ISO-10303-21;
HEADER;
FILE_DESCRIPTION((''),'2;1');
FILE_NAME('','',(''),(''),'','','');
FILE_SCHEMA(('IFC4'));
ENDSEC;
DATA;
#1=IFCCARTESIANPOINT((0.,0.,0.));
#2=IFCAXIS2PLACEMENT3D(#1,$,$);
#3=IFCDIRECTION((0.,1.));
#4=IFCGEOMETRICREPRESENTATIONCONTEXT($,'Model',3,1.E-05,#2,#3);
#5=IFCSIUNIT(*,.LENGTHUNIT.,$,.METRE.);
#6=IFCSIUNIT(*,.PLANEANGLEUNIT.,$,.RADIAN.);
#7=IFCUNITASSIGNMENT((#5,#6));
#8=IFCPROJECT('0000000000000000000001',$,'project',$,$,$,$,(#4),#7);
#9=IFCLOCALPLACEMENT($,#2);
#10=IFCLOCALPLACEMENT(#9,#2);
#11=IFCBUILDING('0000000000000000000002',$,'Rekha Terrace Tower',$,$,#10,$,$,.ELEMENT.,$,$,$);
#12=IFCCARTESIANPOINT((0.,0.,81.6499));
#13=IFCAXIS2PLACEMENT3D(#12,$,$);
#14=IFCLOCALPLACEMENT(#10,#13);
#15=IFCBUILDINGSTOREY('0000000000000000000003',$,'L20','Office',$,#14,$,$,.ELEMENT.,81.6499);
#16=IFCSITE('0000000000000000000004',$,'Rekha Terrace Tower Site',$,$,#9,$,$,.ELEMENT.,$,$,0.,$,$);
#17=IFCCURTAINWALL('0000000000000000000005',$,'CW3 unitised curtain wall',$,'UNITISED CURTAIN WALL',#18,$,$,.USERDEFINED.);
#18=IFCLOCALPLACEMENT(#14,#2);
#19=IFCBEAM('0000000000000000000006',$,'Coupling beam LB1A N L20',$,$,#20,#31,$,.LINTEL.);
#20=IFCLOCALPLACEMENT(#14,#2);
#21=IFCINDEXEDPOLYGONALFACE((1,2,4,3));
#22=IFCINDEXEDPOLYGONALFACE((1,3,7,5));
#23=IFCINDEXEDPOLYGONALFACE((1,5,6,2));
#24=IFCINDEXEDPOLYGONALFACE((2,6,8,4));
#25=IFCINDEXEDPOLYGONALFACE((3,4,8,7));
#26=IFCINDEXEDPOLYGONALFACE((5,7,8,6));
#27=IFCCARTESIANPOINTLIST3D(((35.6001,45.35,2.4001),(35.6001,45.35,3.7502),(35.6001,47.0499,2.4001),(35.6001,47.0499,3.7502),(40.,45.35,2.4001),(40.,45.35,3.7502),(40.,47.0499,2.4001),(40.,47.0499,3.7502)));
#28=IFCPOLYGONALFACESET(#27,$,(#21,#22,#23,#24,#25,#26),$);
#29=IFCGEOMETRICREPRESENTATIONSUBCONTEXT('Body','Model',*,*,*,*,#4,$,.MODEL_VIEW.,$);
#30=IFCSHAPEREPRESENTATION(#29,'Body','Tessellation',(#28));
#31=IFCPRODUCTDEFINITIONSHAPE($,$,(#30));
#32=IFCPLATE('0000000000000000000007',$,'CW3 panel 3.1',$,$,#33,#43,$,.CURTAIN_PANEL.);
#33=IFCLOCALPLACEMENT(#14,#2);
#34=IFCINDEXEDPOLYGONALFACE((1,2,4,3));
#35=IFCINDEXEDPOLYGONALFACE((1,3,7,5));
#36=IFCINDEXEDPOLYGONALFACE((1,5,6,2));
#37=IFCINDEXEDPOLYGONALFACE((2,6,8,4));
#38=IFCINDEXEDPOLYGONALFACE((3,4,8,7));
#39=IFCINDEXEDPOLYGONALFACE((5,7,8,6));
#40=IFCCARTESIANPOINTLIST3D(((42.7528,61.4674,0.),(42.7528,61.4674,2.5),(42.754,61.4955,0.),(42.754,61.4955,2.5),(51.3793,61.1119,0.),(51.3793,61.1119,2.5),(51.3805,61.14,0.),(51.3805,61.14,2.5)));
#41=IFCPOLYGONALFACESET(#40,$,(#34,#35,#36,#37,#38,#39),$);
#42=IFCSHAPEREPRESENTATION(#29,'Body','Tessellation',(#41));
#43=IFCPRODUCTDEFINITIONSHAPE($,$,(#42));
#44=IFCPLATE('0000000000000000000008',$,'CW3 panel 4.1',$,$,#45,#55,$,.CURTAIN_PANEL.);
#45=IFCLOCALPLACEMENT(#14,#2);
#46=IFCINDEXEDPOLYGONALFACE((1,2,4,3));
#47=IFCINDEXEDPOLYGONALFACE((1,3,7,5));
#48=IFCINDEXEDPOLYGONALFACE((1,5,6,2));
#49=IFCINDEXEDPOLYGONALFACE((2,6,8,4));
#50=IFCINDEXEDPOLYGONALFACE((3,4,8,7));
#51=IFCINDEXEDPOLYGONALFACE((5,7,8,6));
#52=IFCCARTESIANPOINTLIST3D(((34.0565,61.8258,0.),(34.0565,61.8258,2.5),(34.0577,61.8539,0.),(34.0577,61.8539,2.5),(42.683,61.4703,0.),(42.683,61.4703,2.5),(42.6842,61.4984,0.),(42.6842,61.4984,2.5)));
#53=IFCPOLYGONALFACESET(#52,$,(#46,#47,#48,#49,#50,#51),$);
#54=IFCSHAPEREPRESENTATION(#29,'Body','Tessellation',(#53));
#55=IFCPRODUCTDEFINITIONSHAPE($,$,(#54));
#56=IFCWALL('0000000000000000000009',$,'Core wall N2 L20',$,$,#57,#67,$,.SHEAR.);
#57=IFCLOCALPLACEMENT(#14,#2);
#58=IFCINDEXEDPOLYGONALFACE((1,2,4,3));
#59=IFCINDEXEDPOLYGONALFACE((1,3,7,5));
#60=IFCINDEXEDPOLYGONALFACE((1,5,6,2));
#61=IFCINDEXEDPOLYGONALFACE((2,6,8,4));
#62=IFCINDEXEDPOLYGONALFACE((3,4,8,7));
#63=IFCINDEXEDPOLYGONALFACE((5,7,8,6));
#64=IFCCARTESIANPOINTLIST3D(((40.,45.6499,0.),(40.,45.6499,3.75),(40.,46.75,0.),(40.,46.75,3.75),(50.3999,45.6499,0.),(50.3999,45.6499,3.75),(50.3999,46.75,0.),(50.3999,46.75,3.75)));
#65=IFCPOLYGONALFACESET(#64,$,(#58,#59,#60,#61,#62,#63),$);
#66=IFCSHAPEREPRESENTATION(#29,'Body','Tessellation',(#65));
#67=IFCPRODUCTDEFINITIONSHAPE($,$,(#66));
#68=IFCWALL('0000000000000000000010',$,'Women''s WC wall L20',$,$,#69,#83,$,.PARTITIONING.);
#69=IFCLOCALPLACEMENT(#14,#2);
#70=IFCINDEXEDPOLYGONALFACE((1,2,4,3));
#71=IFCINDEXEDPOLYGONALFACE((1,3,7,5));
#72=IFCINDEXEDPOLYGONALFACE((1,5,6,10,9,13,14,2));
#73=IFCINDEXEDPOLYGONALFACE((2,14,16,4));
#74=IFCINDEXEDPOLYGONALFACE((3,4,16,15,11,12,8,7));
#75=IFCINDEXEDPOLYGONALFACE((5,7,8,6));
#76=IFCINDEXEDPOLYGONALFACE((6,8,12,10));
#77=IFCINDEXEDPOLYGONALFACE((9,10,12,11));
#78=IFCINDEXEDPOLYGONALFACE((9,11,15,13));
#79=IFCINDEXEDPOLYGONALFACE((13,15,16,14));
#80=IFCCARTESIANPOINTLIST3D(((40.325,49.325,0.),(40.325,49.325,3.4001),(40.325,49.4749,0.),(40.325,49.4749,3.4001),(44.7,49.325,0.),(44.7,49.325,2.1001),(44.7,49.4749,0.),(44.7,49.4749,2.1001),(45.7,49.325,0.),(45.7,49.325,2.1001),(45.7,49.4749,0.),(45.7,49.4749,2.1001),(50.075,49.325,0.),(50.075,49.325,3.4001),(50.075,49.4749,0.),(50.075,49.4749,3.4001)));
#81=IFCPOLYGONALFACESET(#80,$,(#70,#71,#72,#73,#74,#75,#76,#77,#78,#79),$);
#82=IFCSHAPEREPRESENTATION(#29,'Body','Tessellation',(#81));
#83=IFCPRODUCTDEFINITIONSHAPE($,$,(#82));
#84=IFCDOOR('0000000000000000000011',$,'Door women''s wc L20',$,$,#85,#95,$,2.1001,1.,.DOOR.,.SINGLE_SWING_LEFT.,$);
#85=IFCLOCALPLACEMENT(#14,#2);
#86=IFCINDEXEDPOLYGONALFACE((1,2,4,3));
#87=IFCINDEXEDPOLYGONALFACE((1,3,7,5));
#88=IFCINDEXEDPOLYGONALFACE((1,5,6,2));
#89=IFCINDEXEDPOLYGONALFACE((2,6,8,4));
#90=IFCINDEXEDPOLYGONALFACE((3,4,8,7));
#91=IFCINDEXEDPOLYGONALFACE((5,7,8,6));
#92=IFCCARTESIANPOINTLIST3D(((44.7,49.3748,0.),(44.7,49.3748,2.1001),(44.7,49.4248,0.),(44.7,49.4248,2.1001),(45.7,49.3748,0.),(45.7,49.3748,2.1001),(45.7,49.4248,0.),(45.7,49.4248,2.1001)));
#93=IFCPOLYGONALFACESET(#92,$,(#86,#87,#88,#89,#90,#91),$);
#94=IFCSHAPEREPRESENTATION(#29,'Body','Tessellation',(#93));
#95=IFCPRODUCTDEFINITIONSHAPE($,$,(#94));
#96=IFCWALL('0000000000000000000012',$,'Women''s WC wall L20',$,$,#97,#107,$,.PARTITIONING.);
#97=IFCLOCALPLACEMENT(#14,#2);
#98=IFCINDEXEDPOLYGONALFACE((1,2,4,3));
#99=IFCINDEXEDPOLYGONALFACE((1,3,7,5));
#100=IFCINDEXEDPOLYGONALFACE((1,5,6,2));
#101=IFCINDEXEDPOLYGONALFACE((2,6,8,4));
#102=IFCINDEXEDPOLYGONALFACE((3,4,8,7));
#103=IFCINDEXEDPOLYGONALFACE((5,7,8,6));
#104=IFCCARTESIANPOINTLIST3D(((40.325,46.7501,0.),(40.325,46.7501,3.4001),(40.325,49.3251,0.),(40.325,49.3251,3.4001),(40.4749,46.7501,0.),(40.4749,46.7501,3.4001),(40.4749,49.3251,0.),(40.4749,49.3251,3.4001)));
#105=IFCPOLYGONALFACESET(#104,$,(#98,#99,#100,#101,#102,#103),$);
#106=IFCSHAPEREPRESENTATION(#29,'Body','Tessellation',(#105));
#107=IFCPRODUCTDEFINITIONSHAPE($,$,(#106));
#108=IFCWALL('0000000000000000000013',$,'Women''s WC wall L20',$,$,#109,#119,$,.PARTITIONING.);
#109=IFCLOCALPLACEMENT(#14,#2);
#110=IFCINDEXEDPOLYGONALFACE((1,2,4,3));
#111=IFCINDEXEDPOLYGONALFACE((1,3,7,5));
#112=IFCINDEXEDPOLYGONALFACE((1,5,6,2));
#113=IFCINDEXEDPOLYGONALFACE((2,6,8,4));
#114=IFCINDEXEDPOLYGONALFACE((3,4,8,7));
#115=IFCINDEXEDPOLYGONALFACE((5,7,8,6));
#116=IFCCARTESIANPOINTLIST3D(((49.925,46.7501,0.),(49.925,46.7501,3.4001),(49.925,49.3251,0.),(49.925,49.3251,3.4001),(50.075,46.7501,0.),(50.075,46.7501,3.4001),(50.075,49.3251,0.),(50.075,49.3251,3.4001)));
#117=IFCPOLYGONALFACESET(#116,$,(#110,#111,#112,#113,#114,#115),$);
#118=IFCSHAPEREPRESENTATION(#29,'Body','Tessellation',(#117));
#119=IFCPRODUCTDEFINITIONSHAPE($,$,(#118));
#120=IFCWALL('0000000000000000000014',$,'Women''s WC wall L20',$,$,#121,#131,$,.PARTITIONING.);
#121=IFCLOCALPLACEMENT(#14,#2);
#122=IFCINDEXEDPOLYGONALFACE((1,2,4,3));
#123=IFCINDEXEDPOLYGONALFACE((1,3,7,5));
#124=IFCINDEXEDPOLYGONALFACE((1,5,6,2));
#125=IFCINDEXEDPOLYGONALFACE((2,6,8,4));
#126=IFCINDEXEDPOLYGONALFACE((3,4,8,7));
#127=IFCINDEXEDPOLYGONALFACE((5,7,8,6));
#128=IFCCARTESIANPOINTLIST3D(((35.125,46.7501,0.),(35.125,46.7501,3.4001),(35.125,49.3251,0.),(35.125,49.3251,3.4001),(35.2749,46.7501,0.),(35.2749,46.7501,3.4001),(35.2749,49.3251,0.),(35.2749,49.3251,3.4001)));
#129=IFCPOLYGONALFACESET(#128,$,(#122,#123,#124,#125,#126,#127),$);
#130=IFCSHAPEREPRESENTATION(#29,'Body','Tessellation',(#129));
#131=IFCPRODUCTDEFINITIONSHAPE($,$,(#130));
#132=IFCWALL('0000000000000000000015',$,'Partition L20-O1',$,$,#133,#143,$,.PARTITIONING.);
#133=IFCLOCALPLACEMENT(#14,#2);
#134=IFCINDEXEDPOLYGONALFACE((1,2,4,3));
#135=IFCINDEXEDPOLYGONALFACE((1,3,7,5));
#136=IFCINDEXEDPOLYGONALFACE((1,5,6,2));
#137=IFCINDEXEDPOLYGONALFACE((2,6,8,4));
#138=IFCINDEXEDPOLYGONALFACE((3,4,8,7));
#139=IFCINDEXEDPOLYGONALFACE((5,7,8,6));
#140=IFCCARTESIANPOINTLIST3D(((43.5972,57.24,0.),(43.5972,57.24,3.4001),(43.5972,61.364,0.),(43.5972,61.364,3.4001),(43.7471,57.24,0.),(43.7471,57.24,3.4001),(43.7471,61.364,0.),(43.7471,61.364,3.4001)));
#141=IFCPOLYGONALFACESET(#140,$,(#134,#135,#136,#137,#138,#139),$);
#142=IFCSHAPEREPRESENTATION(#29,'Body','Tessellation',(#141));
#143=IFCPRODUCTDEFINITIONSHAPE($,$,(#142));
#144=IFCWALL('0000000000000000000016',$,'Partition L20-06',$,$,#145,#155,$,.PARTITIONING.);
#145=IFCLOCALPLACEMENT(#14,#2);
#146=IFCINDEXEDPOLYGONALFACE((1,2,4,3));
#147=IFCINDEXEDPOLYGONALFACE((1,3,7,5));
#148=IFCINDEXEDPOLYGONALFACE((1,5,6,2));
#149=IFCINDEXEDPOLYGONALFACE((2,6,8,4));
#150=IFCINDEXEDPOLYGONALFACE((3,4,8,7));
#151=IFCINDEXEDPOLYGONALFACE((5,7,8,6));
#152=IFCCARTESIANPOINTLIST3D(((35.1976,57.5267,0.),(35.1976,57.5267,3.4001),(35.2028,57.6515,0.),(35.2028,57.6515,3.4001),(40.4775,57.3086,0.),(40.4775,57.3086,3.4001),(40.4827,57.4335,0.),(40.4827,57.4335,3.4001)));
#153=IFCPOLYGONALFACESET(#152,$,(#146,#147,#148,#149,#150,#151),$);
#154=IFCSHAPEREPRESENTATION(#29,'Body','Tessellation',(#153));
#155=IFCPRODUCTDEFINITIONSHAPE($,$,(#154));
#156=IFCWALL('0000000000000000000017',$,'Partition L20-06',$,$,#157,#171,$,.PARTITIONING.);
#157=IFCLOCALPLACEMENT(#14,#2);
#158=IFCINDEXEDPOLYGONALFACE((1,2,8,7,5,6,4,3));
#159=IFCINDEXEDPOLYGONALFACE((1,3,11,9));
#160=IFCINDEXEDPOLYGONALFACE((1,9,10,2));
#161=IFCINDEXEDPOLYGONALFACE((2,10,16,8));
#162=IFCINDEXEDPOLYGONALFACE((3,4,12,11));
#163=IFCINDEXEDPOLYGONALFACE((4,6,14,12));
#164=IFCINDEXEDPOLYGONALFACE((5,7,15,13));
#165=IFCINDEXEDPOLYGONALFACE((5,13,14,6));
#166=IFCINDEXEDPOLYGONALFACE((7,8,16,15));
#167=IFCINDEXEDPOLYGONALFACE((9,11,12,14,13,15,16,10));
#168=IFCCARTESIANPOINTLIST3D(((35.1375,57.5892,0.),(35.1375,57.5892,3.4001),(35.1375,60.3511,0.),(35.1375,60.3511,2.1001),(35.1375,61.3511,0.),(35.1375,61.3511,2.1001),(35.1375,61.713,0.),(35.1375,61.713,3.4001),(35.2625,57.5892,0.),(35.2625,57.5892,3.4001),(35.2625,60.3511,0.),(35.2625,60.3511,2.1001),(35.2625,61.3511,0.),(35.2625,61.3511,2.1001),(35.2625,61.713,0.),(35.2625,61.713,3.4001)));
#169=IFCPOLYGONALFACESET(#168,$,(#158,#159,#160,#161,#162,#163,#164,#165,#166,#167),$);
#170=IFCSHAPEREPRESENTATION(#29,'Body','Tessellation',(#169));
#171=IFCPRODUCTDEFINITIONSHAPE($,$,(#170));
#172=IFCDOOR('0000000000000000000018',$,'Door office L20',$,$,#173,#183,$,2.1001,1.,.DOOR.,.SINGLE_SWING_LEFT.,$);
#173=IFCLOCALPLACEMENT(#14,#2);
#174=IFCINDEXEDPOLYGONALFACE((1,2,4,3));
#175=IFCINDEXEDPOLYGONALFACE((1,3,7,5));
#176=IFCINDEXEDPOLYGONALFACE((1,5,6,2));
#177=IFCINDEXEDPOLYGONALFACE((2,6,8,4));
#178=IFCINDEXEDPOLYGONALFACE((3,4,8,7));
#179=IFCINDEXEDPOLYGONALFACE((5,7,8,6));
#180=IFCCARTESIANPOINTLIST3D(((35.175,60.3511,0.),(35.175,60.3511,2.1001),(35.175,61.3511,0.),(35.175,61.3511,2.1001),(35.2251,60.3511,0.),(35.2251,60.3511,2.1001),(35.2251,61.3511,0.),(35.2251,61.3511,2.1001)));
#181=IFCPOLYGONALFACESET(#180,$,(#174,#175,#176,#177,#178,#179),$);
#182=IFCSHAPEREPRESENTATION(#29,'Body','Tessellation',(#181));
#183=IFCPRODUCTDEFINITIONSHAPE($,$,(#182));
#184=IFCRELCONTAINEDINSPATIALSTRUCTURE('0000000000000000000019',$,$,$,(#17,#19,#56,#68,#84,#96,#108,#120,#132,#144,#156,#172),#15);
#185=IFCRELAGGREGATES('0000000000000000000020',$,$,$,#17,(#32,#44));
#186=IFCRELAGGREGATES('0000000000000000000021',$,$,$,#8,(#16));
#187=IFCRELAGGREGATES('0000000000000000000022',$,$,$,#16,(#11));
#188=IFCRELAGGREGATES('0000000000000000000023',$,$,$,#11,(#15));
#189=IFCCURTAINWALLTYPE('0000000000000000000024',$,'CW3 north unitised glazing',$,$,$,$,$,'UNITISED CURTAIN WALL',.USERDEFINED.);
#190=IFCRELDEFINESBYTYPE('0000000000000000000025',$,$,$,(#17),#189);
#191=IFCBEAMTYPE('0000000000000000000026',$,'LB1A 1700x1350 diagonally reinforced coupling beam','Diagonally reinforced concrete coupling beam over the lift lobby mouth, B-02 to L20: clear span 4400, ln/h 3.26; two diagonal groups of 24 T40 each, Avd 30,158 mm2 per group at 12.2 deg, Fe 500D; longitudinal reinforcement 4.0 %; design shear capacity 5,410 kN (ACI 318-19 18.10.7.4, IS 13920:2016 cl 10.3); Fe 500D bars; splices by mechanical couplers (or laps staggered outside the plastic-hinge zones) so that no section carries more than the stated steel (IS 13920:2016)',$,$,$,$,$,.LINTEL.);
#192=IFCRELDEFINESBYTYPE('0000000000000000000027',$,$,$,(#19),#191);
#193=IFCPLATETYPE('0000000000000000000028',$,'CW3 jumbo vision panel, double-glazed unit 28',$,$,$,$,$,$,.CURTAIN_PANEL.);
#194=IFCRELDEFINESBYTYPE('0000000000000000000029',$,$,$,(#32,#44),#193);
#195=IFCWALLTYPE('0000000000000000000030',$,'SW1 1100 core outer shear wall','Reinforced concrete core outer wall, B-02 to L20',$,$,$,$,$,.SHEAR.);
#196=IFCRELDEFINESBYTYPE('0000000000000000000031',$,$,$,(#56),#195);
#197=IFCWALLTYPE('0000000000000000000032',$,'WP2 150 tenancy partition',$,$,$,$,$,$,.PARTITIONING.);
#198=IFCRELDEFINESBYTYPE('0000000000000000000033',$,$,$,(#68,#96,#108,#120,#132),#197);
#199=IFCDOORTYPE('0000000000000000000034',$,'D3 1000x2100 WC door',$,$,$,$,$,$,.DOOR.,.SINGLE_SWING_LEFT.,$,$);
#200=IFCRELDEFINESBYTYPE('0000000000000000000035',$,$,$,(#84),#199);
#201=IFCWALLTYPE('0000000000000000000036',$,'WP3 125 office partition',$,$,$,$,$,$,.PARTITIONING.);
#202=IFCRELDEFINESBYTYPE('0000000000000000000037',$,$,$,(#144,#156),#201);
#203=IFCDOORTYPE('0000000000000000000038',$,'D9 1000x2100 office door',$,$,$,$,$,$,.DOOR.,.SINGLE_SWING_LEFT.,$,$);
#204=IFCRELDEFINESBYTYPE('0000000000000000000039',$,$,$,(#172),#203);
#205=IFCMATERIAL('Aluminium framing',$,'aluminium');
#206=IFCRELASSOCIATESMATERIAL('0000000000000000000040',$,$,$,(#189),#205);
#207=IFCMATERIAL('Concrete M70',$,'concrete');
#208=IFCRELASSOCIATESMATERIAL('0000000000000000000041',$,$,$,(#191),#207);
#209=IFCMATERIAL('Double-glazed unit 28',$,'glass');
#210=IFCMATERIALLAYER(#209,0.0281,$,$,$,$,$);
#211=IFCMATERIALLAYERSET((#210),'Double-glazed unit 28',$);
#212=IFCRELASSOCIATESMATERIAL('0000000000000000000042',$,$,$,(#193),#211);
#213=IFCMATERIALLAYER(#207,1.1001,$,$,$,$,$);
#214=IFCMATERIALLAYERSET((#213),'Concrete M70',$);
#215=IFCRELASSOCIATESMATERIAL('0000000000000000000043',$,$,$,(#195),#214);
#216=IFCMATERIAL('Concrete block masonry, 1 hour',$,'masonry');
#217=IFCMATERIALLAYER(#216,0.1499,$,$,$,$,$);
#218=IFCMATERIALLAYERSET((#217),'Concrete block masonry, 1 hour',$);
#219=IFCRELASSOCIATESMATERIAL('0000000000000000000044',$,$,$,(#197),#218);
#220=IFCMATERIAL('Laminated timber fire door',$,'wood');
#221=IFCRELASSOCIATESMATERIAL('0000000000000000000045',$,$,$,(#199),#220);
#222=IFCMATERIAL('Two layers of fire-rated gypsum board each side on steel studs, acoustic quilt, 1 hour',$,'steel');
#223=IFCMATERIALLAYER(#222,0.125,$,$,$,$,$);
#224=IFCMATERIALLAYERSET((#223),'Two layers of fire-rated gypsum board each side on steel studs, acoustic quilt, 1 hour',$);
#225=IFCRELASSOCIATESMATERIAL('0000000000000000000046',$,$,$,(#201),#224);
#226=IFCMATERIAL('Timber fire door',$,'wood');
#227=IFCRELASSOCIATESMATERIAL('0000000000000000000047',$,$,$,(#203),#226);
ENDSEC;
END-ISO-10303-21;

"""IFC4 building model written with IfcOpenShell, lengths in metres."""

from ifc_helpers import new_model, si_unit, direction, frame, frame_2d, origin, origin_2d, place, context, subcontext, project, spatial, rectangle, extrude, material, layer, layer_set, material_profile, profile_set, type_object, element, fill, aggregate, save


model = new_model("IFC4")

# Units and contexts
model_context = context("Model", 3, precision=1e-05, world=origin(), true_north=direction((0.0, 1.0)))
body_context = subcontext(model_context, "Body", "Model", "MODEL_VIEW")
ifc_project = project(units=[si_unit("LENGTHUNIT", "METRE"), si_unit("PLANEANGLEUNIT", "RADIAN")], contexts=[model_context])

# Site, building, storey
site_placement = place(None, origin())
site = spatial("IfcSite", under=ifc_project, at=site_placement, Name="Rekha Terrace Tower Site", CompositionType="ELEMENT", RefElevation=0.0)
building_placement = place(site_placement, origin())
building = spatial("IfcBuilding", under=site, at=building_placement, Name="Rekha Terrace Tower", CompositionType="ELEMENT")
storey_placement = place(building_placement, frame((0.0, 0.0, 81.6499)))
storey = spatial("IfcBuildingStorey", under=building, at=storey_placement, Name="L20", Description="Office", CompositionType="ELEMENT", Elevation=81.6499)

# Shared definitions
ifc_material_1 = material(Name="Concrete M70", Category="concrete")

# Curtain wall
ifc_material_2 = material(Name="Aluminium framing", Category="aluminium")
curtain_wall_type = type_object("IfcCurtainWallType", Name="CW3 north unitised glazing", ElementType="UNITISED CURTAIN WALL", PredefinedType="USERDEFINED", material=ifc_material_2)
curtain_wall_placement = place(storey_placement, origin())
curtain_wall = element("IfcCurtainWall", 1, at=curtain_wall_placement, inside=storey, type_object=curtain_wall_type, Name="CW3 unitised curtain wall", ObjectType="UNITISED CURTAIN WALL", PredefinedType="USERDEFINED")

# Beam
ifc_material_profile_1 = material_profile(ifc_material_1, rectangle(XDim=1.7, YDim=1.3501, at=origin_2d()), Name="RC 1700x1350")
ifc_profile_set_1 = profile_set([ifc_material_profile_1], Name="Concrete M70")
beam_type = type_object("IfcBeamType", Name="LB1A 1700x1350 diagonally reinforced coupling beam", Description="Diagonally reinforced concrete coupling beam over the lift lobby mouth, B-02 to L20: clear span 4400, ln/h 3.26; two diagonal groups of 24 T40 each, Avd 30,158 mm2 per group at 12.2 deg, Fe 500D; longitudinal reinforcement 4.0 %; design shear capacity 5,410 kN (ACI 318-19 18.10.7.4, IS 13920:2016 cl 10.3); Fe 500D bars; splices by mechanical couplers (or laps staggered outside the plastic-hinge zones) so that no section carries more than the stated steel (IS 13920:2016)", PredefinedType="LINTEL", material=ifc_profile_set_1)
beam_placement = place(storey_placement, frame((35.6001, 46.2, 3.0752), z_axis=(1.0, 0.0, 0.0), x_axis=(0.0, 1.0, 0.0)))
element("IfcBeam", 2, at=beam_placement, inside=storey, type_object=beam_type, Name="Coupling beam LB1A N L20", PredefinedType="LINTEL", context=body_context, shape_type="SweptSolid", body=[
    extrude(rectangle(XDim=1.7, YDim=1.3501, at=origin_2d()), origin(), (0.0, 0.0, 1.0), 4.3999),
])

# Plates
ifc_material_3 = material(Name="Double-glazed unit 28", Category="glass")
ifc_layer_1 = layer(ifc_material_3, 0.0281)
ifc_layer_set_1 = layer_set([ifc_layer_1], Name="Double-glazed unit 28")
plate_type = type_object("IfcPlateType", Name="CW3 jumbo vision panel, double-glazed unit 28", PredefinedType="CURTAIN_PANEL", material=ifc_layer_set_1)
plate_1_placement = place(storey_placement, frame((47.0667, 61.3037, 0.0), z_axis=(0.0, 0.0, 1.0), x_axis=(-0.999152, 0.041174, 0.0)))
plate_1 = element("IfcPlate", 3, at=plate_1_placement, type_object=plate_type, Name="CW3 panel 3.1", PredefinedType="CURTAIN_PANEL", context=body_context, shape_type="SweptSolid", body=[
    extrude(rectangle(XDim=8.6338, YDim=0.0281, at=origin_2d()), origin(), (0.0, 0.0, 1.0), 2.5),
])
plate_2_placement = place(storey_placement, frame((38.3704, 61.6621, 0.0), z_axis=(0.0, 0.0, 1.0), x_axis=(-0.999152, 0.041174, 0.0)))
plate_2 = element("IfcPlate", 4, at=plate_2_placement, type_object=plate_type, Name="CW3 panel 4.1", PredefinedType="CURTAIN_PANEL", context=body_context, shape_type="SweptSolid", body=[
    extrude(rectangle(XDim=8.6338, YDim=0.0281, at=origin_2d()), origin(), (0.0, 0.0, 1.0), 2.5),
])
aggregate(curtain_wall, [plate_1, plate_2])

# Wall
ifc_layer_2 = layer(ifc_material_1, 1.1001)
ifc_layer_set_2 = layer_set([ifc_layer_2], Name="Concrete M70")
wall_type_1 = type_object("IfcWallType", Name="SW1 1100 core outer shear wall", Description="Reinforced concrete core outer wall, B-02 to L20", PredefinedType="SHEAR", material=ifc_layer_set_2)
wall_1_placement = place(storey_placement, frame((40.0, 46.2, 0.0), z_axis=(0.0, 0.0, 1.0), x_axis=(1.0, 0.0, 0.0)))
element("IfcWall", 5, at=wall_1_placement, inside=storey, type_object=wall_type_1, Name="Core wall N2 L20", PredefinedType="SHEAR", context=body_context, shape_type="SweptSolid", body=[
    extrude(rectangle(XDim=10.3999, YDim=1.1001, at=frame_2d((5.2, 0.0))), origin(), (0.0, 0.0, 1.0), 3.75),
])

# Wall, opening, door
ifc_material_4 = material(Name="Concrete block masonry, 1 hour", Category="masonry")
ifc_layer_3 = layer(ifc_material_4, 0.1499)
ifc_layer_set_3 = layer_set([ifc_layer_3], Name="Concrete block masonry, 1 hour")
wall_type_2 = type_object("IfcWallType", Name="WP2 150 tenancy partition", PredefinedType="PARTITIONING", material=ifc_layer_set_3)
wall_2_placement = place(storey_placement, frame((40.325, 49.3999, 0.0), z_axis=(0.0, 0.0, 1.0), x_axis=(1.0, 0.0, 0.0)))
wall_2 = element("IfcWall", 6, at=wall_2_placement, inside=storey, type_object=wall_type_2, Name="Women's WC wall L20", PredefinedType="PARTITIONING", context=body_context, shape_type="SweptSolid", body=[
    extrude(rectangle(XDim=9.75, YDim=0.1499, at=frame_2d((4.875, 0.0))), origin(), (0.0, 0.0, 1.0), 3.4001),
])
opening_1_placement = place(wall_2_placement, frame((4.375, 0.0, 0.0)))
opening_1 = element("IfcOpeningElement", 7, at=opening_1_placement, cuts=wall_2, PredefinedType="OPENING", context=body_context, shape_type="SweptSolid", body=[
    extrude(rectangle(XDim=1.0, YDim=2.1001, at=frame_2d((0.5, 1.05))), frame((0.0, 0.085, 0.0), z_axis=(0.0, -1.0, 0.0), x_axis=(1.0, 0.0, 0.0)), (0.0, 0.0, 1.0), 0.1699),
])
ifc_material_5 = material(Name="Laminated timber fire door", Category="wood")
door_type_1 = type_object("IfcDoorType", Name="D3 1000x2100 WC door", OperationType="SINGLE_SWING_LEFT", PredefinedType="DOOR", material=ifc_material_5)
door_1_placement = place(opening_1_placement, origin())
door_1 = element("IfcDoor", 8, at=door_1_placement, inside=storey, type_object=door_type_1, Name="Door women's wc L20", OperationType="SINGLE_SWING_LEFT", OverallHeight=2.1001, OverallWidth=1.0, PredefinedType="DOOR", context=body_context, shape_type="SweptSolid", body=[
    extrude(rectangle(XDim=1.0, YDim=2.1001, at=frame_2d((0.5, 1.05))), frame((0.0, 0.0249, 0.0), z_axis=(0.0, -1.0, 0.0), x_axis=(1.0, 0.0, 0.0)), (0.0, 0.0, 1.0), 0.05),
])
fill(opening_1, door_1)

# Walls
for number, where, z_axis, x_axis, name in (
    (9, (40.3999, 46.75, 0.0), (0.0, 0.0, 1.0), (0.0, 1.0, 0.0), "Women's WC wall L20"),
    (10, (50.0, 46.75, 0.0), (0.0, 0.0, 1.0), (0.0, 1.0, 0.0), "Women's WC wall L20"),
    (11, (35.2, 46.75, 0.0), (0.0, 0.0, 1.0), (0.0, 1.0, 0.0), "Women's WC wall L20"),
):
    element("IfcWall", number, at=place(storey_placement, frame(where, z_axis=z_axis, x_axis=x_axis)), inside=storey, type_object=wall_type_2, Name=name, PredefinedType="PARTITIONING", context=body_context, shape_type="SweptSolid", body=[
        extrude(rectangle(XDim=2.575, YDim=0.1499, at=frame_2d((1.2876, 0.0))), origin(), (0.0, 0.0, 1.0), 3.4001),
    ])
wall_3_placement = place(storey_placement, frame((43.6721, 57.24, 0.0), z_axis=(0.0, 0.0, 1.0), x_axis=(0.0, 1.0, 0.0)))
element("IfcWall", 12, at=wall_3_placement, inside=storey, type_object=wall_type_2, Name="Partition L20-O1", PredefinedType="PARTITIONING", context=body_context, shape_type="SweptSolid", body=[
    extrude(rectangle(XDim=4.124, YDim=0.1499, at=frame_2d((2.062, 0.0))), origin(), (0.0, 0.0, 1.0), 3.4001),
])
ifc_material_6 = material(Name="Two layers of fire-rated gypsum board each side on steel studs, acoustic quilt, 1 hour", Category="steel")
ifc_layer_4 = layer(ifc_material_6, 0.125)
ifc_layer_set_4 = layer_set([ifc_layer_4], Name="Two layers of fire-rated gypsum board each side on steel studs, acoustic quilt, 1 hour")
wall_type_3 = type_object("IfcWallType", Name="WP3 125 office partition", PredefinedType="PARTITIONING", material=ifc_layer_set_4)
wall_4_placement = place(storey_placement, frame((40.48, 57.3711, 0.0), z_axis=(0.0, 0.0, 1.0), x_axis=(-0.999149, 0.041256, 0.0)))
element("IfcWall", 13, at=wall_4_placement, inside=storey, type_object=wall_type_3, Name="Partition L20-06", PredefinedType="PARTITIONING", context=body_context, shape_type="SweptSolid", body=[
    extrude(rectangle(XDim=5.2844, YDim=0.125, at=frame_2d((2.6421, 0.0))), origin(), (0.0, 0.0, 1.0), 3.4001),
])

# Wall, opening, door
wall_5_placement = place(storey_placement, frame((35.2, 57.5891, 0.0), z_axis=(0.0, 0.0, 1.0), x_axis=(0.0, 1.0, 0.0)))
wall_5 = element("IfcWall", 14, at=wall_5_placement, inside=storey, type_object=wall_type_3, Name="Partition L20-06", PredefinedType="PARTITIONING", context=body_context, shape_type="SweptSolid", body=[
    extrude(rectangle(XDim=4.1238, YDim=0.125, at=frame_2d((2.062, 0.0))), origin(), (0.0, 0.0, 1.0), 3.4001),
])
opening_2_placement = place(wall_5_placement, frame((2.762, 0.0, 0.0)))
opening_2 = element("IfcOpeningElement", 15, at=opening_2_placement, cuts=wall_5, PredefinedType="OPENING", context=body_context, shape_type="SweptSolid", body=[
    extrude(rectangle(XDim=1.0, YDim=2.1001, at=frame_2d((0.5, 1.05))), frame((0.0, 0.0725, 0.0), z_axis=(0.0, -1.0, 0.0), x_axis=(1.0, 0.0, 0.0)), (0.0, 0.0, 1.0), 0.145),
])
ifc_material_7 = material(Name="Timber fire door", Category="wood")
door_type_2 = type_object("IfcDoorType", Name="D9 1000x2100 office door", OperationType="SINGLE_SWING_LEFT", PredefinedType="DOOR", material=ifc_material_7)
door_2_placement = place(opening_2_placement, origin())
door_2 = element("IfcDoor", 16, at=door_2_placement, inside=storey, type_object=door_type_2, Name="Door office L20", OperationType="SINGLE_SWING_LEFT", OverallHeight=2.1001, OverallWidth=1.0, PredefinedType="DOOR", context=body_context, shape_type="SweptSolid", body=[
    extrude(rectangle(XDim=1.0, YDim=2.1001, at=frame_2d((0.5, 1.05))), frame((0.0, 0.0249, 0.0), z_axis=(0.0, -1.0, 0.0), x_axis=(1.0, 0.0, 0.0)), (0.0, 0.0, 1.0), 0.05),
])
fill(opening_2, door_2)

save(model, "model.ifc")
